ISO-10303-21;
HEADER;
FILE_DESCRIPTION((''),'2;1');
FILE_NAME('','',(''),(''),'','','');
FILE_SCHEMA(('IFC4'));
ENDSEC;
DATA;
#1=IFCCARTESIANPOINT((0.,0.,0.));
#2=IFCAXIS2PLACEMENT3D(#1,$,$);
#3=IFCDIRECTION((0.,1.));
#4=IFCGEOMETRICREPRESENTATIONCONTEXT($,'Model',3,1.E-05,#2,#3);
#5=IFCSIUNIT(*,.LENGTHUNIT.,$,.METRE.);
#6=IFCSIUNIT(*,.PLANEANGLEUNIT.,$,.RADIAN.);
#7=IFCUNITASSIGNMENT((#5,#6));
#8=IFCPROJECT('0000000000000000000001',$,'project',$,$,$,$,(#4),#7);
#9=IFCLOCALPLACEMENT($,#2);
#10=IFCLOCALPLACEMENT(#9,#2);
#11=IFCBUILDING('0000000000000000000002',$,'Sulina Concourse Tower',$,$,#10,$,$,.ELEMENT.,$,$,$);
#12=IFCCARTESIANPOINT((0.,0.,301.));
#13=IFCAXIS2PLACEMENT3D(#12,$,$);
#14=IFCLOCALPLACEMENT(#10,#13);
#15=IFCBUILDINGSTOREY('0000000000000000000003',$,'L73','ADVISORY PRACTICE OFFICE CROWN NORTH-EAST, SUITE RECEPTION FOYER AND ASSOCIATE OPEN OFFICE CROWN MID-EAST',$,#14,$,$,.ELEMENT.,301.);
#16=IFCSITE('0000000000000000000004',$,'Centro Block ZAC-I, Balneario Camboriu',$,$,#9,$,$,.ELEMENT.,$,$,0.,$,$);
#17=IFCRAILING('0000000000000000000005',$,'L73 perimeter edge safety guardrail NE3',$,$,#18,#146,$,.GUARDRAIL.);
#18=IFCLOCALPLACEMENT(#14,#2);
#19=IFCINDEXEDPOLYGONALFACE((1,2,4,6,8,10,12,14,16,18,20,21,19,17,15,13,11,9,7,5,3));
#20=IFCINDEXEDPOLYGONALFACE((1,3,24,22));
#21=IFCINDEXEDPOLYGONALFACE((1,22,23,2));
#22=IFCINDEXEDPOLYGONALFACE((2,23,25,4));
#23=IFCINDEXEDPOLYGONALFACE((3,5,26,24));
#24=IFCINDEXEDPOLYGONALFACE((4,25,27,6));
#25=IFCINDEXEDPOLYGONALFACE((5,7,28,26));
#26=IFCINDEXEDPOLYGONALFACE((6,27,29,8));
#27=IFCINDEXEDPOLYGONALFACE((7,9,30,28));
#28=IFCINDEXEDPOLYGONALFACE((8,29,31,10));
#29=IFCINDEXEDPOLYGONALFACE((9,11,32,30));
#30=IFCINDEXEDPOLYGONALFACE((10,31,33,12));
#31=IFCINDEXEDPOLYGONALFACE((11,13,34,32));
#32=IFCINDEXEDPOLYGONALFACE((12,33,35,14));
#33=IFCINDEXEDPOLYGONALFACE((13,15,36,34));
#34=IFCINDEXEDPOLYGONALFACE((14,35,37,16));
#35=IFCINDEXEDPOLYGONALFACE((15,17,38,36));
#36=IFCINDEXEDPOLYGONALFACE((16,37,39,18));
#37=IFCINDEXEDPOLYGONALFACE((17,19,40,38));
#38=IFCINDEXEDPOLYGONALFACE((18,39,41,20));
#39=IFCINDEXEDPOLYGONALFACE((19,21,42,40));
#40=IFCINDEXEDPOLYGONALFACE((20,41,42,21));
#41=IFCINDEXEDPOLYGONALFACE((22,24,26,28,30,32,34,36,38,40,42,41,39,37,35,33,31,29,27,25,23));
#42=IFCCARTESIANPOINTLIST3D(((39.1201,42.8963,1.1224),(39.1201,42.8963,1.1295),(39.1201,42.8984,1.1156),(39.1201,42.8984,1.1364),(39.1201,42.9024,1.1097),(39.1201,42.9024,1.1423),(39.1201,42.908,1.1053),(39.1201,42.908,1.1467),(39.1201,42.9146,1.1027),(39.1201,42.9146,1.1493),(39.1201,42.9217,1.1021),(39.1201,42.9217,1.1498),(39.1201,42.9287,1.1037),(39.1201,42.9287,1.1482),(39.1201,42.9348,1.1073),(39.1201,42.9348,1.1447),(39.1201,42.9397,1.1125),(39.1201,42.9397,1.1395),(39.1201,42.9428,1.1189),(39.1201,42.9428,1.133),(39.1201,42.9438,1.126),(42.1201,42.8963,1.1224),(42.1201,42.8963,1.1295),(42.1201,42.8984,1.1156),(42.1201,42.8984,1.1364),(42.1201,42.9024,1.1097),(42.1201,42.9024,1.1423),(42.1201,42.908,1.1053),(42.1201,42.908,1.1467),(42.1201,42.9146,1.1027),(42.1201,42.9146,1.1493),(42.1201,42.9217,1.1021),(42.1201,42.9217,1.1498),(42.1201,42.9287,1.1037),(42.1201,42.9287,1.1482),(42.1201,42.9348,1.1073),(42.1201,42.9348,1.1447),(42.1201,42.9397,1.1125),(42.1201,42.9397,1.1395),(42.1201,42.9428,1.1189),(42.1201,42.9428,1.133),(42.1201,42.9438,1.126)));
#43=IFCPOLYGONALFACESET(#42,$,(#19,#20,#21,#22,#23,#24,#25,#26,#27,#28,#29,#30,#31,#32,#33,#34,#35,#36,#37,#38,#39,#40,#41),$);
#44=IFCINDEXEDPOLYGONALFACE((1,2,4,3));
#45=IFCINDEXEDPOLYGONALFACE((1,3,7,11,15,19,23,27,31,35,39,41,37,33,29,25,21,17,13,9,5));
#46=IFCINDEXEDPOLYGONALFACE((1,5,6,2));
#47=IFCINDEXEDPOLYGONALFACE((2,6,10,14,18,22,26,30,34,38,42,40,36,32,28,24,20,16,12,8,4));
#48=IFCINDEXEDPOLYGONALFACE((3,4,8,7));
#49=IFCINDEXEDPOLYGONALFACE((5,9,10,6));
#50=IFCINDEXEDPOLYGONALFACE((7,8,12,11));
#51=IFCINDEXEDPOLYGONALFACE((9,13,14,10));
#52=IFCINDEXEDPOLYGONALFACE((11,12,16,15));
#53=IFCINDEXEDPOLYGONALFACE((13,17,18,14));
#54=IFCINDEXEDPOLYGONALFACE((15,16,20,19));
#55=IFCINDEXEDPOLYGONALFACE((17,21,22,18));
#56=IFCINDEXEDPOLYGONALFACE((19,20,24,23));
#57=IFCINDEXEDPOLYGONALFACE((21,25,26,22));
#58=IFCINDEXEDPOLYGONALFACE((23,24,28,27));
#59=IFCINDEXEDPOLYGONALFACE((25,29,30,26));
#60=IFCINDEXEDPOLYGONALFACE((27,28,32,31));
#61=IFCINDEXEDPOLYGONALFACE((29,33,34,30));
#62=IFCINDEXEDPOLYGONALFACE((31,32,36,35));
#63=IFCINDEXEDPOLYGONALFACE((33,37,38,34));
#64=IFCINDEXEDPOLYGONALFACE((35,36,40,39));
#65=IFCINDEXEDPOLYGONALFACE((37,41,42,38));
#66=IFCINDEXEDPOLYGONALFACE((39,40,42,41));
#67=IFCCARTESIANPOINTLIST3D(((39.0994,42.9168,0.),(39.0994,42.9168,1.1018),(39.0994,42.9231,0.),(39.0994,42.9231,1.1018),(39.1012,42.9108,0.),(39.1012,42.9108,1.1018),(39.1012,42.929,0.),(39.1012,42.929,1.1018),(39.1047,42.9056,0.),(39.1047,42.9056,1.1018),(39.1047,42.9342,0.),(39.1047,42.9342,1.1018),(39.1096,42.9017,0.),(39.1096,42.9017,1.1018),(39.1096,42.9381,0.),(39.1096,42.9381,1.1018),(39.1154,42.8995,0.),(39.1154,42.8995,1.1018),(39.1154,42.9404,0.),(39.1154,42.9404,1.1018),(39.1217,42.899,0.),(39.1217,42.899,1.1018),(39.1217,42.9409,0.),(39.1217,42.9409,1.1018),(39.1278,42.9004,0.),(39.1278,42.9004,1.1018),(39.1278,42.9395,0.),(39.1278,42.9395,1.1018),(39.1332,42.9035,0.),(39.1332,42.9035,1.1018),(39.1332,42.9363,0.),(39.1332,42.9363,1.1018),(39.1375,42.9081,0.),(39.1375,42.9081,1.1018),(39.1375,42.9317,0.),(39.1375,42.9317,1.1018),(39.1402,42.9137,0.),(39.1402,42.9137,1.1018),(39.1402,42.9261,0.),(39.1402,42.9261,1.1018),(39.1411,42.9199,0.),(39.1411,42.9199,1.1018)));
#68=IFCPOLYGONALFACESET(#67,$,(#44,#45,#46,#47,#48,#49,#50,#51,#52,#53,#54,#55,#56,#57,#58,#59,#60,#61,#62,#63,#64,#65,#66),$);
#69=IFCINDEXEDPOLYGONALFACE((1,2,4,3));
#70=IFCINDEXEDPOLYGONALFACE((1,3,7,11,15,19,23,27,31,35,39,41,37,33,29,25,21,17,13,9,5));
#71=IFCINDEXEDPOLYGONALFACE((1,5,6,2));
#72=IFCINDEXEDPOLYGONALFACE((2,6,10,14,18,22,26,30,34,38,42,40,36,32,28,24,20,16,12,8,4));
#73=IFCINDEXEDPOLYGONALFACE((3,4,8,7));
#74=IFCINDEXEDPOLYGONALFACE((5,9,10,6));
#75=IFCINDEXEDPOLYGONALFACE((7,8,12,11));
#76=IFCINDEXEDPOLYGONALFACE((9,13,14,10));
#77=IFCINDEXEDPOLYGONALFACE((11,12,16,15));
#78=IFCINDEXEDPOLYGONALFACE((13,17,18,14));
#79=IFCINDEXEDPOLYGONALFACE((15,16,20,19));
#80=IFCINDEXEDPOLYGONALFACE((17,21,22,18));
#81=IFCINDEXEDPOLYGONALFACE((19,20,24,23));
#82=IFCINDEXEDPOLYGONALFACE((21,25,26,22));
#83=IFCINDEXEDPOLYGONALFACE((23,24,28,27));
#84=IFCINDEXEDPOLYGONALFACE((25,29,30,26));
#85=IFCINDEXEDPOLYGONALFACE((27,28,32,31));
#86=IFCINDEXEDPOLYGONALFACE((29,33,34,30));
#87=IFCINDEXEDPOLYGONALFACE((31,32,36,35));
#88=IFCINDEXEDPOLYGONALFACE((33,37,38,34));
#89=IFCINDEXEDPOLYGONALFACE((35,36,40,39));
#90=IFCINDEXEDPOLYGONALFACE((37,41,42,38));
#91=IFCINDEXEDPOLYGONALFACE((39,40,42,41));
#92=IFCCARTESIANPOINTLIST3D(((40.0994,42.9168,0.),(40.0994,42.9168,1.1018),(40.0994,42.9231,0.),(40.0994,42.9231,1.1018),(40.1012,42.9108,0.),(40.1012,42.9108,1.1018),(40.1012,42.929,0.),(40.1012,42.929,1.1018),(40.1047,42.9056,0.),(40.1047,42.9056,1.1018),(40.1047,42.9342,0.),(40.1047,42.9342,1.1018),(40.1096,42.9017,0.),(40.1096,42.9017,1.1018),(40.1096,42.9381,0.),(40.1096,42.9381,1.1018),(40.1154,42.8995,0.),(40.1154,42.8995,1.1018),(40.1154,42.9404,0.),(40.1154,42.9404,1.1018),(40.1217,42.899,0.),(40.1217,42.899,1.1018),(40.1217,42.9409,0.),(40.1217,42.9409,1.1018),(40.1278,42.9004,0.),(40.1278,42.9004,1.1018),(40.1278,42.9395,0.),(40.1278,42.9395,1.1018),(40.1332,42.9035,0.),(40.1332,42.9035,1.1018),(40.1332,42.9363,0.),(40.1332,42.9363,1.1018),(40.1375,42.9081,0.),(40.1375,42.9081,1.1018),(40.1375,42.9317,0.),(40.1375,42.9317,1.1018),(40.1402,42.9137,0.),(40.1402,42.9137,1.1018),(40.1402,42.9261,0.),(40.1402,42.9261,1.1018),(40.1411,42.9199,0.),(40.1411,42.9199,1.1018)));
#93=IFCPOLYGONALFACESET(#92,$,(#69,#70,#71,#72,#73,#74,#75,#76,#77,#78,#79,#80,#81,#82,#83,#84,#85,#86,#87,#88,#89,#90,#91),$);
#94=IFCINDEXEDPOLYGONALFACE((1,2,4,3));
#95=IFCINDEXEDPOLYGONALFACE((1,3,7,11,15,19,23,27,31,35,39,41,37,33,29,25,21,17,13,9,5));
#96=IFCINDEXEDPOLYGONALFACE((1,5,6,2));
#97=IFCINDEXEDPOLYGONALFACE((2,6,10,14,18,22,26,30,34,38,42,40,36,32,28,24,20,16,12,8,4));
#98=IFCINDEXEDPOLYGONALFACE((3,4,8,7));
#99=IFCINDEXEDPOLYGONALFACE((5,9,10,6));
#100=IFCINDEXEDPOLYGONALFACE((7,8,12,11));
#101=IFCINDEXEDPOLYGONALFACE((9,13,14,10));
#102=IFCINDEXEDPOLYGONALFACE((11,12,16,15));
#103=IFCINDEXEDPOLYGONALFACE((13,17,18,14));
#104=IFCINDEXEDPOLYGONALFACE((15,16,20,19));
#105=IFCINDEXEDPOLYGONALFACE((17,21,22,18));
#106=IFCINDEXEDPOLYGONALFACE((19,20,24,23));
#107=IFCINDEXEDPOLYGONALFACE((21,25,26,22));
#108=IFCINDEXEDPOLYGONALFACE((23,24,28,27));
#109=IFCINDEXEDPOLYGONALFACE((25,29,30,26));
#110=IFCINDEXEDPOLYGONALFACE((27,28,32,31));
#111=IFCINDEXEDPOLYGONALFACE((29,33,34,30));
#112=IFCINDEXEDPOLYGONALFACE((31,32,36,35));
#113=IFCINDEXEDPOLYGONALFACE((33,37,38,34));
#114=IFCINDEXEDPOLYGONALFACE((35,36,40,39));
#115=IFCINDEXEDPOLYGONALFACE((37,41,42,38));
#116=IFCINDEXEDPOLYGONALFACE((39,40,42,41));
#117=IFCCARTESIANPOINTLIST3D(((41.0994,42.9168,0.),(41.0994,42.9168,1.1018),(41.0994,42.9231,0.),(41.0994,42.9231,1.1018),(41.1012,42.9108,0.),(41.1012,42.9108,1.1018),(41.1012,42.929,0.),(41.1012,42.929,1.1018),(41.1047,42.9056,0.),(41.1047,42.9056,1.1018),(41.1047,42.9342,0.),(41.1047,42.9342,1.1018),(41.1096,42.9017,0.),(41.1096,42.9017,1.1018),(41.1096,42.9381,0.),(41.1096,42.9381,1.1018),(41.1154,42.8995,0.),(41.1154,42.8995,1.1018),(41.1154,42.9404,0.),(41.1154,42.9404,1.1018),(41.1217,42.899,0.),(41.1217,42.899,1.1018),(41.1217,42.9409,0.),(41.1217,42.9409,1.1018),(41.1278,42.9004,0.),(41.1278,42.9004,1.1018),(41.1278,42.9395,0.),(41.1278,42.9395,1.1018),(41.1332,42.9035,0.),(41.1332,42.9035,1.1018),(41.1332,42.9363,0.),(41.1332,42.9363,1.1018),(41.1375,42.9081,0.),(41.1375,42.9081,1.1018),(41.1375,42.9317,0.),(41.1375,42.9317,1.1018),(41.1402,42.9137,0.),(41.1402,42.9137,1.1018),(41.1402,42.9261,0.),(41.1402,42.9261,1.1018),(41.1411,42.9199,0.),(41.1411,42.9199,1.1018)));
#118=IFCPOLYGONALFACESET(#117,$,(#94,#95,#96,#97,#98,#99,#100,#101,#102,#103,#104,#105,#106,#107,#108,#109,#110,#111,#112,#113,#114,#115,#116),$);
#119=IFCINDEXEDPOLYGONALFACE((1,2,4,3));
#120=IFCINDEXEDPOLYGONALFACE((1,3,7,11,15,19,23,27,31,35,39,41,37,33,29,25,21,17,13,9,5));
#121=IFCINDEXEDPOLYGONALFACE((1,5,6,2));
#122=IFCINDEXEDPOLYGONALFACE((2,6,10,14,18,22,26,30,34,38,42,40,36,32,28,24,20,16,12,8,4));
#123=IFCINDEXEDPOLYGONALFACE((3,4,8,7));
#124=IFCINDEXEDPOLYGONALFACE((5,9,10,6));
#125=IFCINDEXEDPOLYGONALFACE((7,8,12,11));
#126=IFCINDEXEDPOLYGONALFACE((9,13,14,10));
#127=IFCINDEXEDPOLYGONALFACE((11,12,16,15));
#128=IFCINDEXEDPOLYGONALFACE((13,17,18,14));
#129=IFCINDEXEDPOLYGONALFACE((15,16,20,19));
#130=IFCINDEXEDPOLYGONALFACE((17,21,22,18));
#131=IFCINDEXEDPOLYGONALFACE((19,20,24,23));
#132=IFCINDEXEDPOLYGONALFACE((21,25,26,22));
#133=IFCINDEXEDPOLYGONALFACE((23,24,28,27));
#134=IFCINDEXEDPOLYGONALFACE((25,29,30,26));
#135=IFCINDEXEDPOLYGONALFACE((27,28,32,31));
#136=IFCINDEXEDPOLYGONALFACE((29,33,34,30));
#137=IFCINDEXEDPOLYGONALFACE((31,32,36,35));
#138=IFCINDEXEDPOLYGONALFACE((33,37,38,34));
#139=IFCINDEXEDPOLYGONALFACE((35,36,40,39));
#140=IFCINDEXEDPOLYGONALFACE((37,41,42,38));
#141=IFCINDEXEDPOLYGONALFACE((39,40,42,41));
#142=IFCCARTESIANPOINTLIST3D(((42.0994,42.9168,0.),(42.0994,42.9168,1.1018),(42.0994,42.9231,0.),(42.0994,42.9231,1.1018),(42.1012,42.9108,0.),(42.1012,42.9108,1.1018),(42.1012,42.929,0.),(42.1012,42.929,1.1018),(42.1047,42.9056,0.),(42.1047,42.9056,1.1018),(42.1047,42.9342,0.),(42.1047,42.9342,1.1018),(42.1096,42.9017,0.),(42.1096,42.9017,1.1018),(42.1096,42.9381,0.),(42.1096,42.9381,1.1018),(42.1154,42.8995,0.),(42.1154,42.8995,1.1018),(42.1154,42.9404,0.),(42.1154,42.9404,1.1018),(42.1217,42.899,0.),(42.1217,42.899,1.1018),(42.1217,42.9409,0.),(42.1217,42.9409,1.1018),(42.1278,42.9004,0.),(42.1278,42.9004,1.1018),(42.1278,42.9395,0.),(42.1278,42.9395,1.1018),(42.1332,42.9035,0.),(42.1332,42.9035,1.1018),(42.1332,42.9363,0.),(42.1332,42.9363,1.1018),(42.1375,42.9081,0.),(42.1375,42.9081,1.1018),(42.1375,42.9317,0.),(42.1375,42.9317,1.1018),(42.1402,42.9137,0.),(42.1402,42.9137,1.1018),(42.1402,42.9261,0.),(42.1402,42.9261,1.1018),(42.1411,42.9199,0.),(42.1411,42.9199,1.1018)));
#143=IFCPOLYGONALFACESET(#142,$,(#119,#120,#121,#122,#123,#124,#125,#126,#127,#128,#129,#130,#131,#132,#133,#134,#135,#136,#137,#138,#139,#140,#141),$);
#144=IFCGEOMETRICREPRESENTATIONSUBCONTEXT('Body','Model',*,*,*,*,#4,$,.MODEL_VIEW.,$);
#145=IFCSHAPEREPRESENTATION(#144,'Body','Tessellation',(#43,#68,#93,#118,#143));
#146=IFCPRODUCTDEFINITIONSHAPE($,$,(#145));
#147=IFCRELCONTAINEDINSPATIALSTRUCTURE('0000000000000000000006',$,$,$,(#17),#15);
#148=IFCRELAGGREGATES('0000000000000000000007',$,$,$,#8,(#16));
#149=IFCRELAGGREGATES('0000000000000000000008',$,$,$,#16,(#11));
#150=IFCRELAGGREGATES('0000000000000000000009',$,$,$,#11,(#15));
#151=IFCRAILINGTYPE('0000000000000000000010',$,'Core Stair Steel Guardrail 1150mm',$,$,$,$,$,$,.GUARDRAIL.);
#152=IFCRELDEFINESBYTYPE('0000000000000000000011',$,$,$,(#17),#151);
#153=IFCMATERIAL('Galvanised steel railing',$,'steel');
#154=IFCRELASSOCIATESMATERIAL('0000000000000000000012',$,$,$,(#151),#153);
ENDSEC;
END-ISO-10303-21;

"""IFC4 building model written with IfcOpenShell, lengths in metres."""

from ifc_helpers import new_model, si_unit, direction, frame, origin, origin_2d, place, context, subcontext, project, spatial, circle, extrude, material, type_object, element, save


model = new_model("IFC4")

# Units and contexts
model_context = context("Model", 3, precision=1e-05, world=origin(), true_north=direction((0.0, 1.0)))
body_context = subcontext(model_context, "Body", "Model", "MODEL_VIEW")
ifc_project = project(units=[si_unit("LENGTHUNIT", "METRE"), si_unit("PLANEANGLEUNIT", "RADIAN")], contexts=[model_context])

# Site, building, storey
site_placement = place(None, origin())
site = spatial("IfcSite", under=ifc_project, at=site_placement, Name="Centro Block ZAC-I, Balneario Camboriu", CompositionType="ELEMENT", RefElevation=0.0)
building_placement = place(site_placement, origin())
building = spatial("IfcBuilding", under=site, at=building_placement, Name="Sulina Concourse Tower", CompositionType="ELEMENT")
storey_placement = place(building_placement, frame((0.0, 0.0, 301.0)))
storey = spatial("IfcBuildingStorey", under=building, at=storey_placement, Name="L73", Description="ADVISORY PRACTICE OFFICE CROWN NORTH-EAST, SUITE RECEPTION FOYER AND ASSOCIATE OPEN OFFICE CROWN MID-EAST", CompositionType="ELEMENT", Elevation=301.0)

# Railing
ifc_material_1 = material(Name="Galvanised steel railing", Category="steel")
railing_type = type_object("IfcRailingType", Name="Core Stair Steel Guardrail 1150mm", PredefinedType="GUARDRAIL", material=ifc_material_1)
railing_1_placement = place(storey_placement, frame((39.1201, 42.9199, 0.0)))
element("IfcRailing", 1, at=railing_1_placement, inside=storey, type_object=railing_type, Name="L73 perimeter edge safety guardrail NE3", PredefinedType="GUARDRAIL", context=body_context, shape_type="SweptSolid", body=[
    extrude(circle(Radius=0.0239, at=origin_2d()), frame((0.0, 0.0, 1.126), z_axis=(1.0, 0.0, 0.0), x_axis=(0.0, 1.0, 0.0)), (0.0, 0.0, 1.0), 3.0),
    extrude(circle(Radius=0.021, at=origin_2d()), origin(), (0.0, 0.0, 1.0), 1.1018),
    extrude(circle(Radius=0.021, at=origin_2d()), frame((1.0, 0.0, 0.0)), (0.0, 0.0, 1.0), 1.1018),
    extrude(circle(Radius=0.021, at=origin_2d()), frame((2.0, 0.0, 0.0)), (0.0, 0.0, 1.0), 1.1018),
    extrude(circle(Radius=0.021, at=origin_2d()), frame((3.0, 0.0, 0.0)), (0.0, 0.0, 1.0), 1.1018),
])

save(model, "model.ifc")
